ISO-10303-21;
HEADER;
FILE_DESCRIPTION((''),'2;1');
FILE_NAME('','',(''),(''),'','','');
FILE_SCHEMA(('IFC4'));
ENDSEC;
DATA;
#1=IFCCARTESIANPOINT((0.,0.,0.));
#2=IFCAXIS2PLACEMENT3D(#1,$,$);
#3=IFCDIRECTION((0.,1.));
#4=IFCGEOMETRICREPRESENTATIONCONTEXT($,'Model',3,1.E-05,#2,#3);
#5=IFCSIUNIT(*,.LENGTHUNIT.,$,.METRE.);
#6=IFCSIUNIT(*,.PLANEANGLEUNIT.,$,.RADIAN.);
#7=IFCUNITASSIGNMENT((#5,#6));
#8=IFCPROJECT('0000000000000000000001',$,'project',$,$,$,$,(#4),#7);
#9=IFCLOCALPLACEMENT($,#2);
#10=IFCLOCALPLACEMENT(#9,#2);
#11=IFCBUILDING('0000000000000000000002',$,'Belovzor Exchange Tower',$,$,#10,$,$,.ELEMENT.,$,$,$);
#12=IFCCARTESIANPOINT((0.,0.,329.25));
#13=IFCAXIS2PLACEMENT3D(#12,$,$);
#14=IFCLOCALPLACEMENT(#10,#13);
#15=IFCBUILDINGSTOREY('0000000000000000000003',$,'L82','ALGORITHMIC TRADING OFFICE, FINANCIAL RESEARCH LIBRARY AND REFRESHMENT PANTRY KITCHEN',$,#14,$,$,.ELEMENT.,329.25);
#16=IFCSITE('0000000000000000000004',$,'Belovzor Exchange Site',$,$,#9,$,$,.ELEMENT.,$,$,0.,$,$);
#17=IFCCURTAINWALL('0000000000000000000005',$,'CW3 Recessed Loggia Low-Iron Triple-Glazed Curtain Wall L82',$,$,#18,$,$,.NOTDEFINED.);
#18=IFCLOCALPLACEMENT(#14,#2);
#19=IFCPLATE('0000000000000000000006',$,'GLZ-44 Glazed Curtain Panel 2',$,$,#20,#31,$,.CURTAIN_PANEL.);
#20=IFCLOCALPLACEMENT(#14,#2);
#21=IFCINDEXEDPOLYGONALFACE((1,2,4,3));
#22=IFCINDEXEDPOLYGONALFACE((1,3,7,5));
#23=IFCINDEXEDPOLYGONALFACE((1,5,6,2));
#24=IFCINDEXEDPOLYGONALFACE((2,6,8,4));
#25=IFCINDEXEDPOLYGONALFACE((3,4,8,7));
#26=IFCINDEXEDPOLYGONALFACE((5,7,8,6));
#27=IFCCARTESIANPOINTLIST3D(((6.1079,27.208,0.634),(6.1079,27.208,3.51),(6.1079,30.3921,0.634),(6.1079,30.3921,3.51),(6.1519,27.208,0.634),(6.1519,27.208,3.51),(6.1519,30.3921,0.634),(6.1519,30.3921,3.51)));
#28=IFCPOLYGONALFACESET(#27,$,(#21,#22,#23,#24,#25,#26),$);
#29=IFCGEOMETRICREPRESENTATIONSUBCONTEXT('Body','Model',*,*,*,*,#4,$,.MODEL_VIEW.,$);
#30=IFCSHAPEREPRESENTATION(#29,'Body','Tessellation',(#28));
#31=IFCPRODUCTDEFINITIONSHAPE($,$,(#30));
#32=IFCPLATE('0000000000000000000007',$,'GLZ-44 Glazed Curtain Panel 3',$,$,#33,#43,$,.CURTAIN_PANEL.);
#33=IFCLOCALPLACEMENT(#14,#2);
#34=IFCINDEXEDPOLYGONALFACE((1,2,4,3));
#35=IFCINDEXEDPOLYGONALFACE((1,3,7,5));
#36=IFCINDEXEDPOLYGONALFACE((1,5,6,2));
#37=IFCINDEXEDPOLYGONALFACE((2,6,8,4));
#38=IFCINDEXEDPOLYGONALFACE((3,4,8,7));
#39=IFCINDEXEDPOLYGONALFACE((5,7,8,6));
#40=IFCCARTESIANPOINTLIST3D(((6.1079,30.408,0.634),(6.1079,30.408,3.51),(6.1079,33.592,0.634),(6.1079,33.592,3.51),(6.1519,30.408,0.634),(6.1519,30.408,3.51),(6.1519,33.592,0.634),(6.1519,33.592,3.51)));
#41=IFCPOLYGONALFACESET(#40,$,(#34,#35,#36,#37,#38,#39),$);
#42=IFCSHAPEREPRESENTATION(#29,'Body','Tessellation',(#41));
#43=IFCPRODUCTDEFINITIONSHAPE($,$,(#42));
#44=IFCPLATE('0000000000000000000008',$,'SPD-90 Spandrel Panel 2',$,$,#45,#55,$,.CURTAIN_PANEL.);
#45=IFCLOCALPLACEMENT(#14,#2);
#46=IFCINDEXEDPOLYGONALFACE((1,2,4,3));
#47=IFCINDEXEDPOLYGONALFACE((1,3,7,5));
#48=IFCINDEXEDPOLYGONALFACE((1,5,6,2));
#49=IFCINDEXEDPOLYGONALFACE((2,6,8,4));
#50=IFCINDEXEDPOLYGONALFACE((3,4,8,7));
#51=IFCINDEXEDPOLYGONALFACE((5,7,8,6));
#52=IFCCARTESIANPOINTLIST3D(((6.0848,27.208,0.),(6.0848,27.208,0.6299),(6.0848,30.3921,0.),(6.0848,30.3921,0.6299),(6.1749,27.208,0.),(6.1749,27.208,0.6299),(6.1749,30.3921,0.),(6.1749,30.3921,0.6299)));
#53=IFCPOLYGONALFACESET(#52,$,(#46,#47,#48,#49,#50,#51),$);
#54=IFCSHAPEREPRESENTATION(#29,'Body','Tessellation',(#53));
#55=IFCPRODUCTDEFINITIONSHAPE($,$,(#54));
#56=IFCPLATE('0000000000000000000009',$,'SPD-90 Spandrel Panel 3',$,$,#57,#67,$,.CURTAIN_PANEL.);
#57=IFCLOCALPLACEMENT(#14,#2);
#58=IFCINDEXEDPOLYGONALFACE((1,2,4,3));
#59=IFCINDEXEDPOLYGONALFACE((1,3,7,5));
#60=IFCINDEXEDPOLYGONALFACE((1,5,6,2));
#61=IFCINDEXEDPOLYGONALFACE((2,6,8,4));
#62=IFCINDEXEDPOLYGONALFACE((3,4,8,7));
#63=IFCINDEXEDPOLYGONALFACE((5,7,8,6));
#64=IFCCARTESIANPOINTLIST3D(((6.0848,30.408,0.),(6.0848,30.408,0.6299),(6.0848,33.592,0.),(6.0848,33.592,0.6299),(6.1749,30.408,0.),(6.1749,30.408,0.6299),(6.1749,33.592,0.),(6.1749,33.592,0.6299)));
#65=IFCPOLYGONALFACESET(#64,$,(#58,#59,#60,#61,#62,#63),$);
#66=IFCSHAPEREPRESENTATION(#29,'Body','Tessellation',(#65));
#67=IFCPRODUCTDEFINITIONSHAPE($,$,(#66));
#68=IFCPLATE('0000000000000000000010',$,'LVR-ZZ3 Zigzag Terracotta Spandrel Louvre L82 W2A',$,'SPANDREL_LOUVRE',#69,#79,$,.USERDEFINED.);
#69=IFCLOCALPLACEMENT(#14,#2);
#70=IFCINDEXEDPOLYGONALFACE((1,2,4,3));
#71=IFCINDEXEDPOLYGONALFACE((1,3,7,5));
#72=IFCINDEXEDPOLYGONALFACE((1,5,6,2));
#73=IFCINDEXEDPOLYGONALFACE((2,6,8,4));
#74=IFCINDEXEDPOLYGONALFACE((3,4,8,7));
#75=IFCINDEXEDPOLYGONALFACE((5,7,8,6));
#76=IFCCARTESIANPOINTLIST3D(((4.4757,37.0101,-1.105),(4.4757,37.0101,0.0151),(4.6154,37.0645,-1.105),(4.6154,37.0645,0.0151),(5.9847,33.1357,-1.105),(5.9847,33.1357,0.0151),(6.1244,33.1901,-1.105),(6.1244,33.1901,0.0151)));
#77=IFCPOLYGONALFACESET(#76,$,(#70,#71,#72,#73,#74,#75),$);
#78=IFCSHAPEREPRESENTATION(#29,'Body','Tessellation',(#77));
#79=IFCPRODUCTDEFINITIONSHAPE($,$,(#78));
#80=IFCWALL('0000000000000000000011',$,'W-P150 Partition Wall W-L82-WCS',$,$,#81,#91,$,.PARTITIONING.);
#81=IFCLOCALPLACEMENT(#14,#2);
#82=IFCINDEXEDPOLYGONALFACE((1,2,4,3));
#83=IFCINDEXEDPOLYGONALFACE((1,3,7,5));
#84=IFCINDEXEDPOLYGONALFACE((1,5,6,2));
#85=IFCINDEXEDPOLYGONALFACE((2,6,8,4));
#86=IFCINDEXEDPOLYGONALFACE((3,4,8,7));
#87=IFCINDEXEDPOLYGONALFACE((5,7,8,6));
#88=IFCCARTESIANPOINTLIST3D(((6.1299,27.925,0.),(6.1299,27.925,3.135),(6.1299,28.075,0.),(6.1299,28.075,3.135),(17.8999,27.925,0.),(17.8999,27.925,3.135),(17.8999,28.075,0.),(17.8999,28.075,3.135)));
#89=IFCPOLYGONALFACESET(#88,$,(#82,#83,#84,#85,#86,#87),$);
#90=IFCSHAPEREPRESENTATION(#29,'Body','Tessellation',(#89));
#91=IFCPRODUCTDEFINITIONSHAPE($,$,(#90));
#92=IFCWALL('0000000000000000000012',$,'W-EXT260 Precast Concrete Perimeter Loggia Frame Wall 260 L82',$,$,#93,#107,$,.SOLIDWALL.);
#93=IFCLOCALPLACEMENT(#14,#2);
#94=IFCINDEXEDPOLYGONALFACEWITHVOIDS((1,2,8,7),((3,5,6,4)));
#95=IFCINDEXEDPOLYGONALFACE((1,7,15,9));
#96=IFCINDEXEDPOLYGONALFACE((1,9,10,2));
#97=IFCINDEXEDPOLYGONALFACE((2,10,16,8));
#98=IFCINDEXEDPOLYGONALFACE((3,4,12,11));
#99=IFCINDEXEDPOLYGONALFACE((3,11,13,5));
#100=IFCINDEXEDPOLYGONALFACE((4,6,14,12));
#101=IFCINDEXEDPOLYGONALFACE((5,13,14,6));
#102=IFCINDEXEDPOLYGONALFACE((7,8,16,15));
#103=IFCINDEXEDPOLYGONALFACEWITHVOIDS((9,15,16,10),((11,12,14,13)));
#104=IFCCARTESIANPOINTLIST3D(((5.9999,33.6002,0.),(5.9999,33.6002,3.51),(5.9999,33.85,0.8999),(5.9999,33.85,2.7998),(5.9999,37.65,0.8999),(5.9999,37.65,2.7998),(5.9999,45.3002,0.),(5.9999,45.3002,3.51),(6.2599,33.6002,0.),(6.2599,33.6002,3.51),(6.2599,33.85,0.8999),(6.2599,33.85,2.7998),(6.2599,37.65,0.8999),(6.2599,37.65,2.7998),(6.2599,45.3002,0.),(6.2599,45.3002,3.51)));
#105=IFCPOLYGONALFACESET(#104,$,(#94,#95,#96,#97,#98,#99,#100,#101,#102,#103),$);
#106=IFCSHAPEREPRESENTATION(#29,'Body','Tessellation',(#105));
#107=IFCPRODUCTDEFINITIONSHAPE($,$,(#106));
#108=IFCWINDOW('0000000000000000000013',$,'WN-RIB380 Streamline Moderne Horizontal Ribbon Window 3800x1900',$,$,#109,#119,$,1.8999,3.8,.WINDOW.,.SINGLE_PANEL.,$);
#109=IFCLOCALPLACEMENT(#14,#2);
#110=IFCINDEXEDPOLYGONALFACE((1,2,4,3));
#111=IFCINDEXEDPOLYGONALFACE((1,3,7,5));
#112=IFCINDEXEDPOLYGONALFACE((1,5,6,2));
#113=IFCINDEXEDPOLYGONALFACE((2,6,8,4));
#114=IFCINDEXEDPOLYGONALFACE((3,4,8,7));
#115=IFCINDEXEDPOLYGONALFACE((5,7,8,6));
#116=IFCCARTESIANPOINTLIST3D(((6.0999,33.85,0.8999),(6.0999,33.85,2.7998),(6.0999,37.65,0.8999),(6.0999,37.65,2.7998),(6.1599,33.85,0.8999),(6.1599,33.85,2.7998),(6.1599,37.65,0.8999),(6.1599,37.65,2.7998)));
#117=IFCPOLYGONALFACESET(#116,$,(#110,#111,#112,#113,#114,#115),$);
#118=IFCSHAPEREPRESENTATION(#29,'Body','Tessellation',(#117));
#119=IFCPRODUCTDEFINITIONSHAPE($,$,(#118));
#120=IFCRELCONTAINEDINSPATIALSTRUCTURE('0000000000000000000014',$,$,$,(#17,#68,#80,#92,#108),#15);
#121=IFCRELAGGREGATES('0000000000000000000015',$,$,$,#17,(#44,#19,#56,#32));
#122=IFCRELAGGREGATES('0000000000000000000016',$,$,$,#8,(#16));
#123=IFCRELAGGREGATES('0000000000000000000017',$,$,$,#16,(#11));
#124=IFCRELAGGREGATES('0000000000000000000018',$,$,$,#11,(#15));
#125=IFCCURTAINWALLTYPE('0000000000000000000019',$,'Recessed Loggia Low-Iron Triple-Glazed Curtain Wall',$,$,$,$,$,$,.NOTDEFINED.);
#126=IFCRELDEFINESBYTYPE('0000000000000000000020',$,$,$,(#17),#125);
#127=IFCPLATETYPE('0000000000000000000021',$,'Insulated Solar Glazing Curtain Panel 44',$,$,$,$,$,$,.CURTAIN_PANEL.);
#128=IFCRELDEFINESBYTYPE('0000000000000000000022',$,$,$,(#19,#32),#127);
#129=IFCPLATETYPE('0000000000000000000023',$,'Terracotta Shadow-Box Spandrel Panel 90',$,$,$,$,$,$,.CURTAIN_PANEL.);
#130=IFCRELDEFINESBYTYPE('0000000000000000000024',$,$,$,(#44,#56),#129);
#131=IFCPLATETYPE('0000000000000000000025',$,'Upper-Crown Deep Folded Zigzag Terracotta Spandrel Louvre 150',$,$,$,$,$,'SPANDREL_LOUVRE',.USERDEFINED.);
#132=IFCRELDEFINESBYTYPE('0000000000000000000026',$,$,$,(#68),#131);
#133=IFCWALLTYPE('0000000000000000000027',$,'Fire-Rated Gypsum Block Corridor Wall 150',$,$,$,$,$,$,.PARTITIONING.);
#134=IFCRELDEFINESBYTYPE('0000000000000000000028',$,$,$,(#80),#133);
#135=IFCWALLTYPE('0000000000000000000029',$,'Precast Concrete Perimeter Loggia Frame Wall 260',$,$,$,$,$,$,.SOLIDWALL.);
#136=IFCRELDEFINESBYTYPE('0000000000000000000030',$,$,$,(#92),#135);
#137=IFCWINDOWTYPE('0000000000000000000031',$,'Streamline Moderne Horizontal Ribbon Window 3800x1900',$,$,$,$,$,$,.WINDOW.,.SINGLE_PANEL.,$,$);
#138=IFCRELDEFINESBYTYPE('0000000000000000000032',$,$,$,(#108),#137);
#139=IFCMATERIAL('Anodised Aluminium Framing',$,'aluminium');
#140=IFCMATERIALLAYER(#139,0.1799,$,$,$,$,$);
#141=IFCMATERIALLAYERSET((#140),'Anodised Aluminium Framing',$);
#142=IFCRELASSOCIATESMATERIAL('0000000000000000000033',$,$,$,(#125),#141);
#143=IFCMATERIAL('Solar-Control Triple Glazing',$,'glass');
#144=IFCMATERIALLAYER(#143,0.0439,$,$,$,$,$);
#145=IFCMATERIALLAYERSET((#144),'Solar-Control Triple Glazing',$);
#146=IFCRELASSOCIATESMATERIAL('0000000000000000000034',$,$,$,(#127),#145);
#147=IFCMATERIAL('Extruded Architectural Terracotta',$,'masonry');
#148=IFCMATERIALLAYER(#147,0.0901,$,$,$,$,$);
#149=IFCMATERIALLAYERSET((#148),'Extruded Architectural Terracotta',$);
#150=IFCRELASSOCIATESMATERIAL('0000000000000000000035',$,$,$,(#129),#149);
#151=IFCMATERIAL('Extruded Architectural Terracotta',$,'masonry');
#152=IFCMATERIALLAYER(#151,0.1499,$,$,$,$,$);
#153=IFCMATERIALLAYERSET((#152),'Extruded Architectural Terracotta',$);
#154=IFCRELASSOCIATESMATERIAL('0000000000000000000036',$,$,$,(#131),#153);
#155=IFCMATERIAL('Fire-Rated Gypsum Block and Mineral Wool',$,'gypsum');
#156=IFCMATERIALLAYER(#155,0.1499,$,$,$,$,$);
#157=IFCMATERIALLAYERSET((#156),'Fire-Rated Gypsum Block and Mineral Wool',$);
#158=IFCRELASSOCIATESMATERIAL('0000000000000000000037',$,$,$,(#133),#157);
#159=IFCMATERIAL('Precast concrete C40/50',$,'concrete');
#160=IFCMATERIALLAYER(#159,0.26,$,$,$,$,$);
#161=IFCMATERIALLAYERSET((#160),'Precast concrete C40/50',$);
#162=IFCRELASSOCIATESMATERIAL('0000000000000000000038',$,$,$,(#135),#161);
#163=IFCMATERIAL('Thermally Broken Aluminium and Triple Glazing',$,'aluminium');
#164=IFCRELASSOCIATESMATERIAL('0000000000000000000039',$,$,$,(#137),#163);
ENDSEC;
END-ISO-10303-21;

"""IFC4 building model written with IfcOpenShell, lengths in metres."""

from ifc_helpers import new_model, si_unit, direction, frame, frame_2d, origin, origin_2d, place, context, subcontext, project, spatial, rectangle, extrude, material, layer, layer_set, type_object, element, fill, aggregate, save


model = new_model("IFC4")

# Units and contexts
model_context = context("Model", 3, precision=1e-05, world=origin(), true_north=direction((0.0, 1.0)))
body_context = subcontext(model_context, "Body", "Model", "MODEL_VIEW")
ifc_project = project(units=[si_unit("LENGTHUNIT", "METRE"), si_unit("PLANEANGLEUNIT", "RADIAN")], contexts=[model_context])

# Site, building, storey
site_placement = place(None, origin())
site = spatial("IfcSite", under=ifc_project, at=site_placement, Name="Belovzor Exchange Site", CompositionType="ELEMENT", RefElevation=0.0)
building_placement = place(site_placement, origin())
building = spatial("IfcBuilding", under=site, at=building_placement, Name="Belovzor Exchange Tower", CompositionType="ELEMENT")
storey_placement = place(building_placement, frame((0.0, 0.0, 329.25)))
storey = spatial("IfcBuildingStorey", under=building, at=storey_placement, Name="L82", Description="ALGORITHMIC TRADING OFFICE, FINANCIAL RESEARCH LIBRARY AND REFRESHMENT PANTRY KITCHEN", CompositionType="ELEMENT", Elevation=329.25)

# Curtain wall
ifc_material_1 = material(Name="Anodised Aluminium Framing", Category="aluminium")
ifc_layer_1 = layer(ifc_material_1, 0.1799)
ifc_layer_set_1 = layer_set([ifc_layer_1], Name="Anodised Aluminium Framing")
curtain_wall_type = type_object("IfcCurtainWallType", Name="Recessed Loggia Low-Iron Triple-Glazed Curtain Wall", PredefinedType="NOTDEFINED", material=ifc_layer_set_1)
curtain_wall_placement = place(storey_placement, origin())
curtain_wall = element("IfcCurtainWall", 1, at=curtain_wall_placement, inside=storey, type_object=curtain_wall_type, Name="CW3 Recessed Loggia Low-Iron Triple-Glazed Curtain Wall L82", PredefinedType="NOTDEFINED")

# Plates
ifc_material_2 = material(Name="Solar-Control Triple Glazing", Category="glass")
ifc_layer_2 = layer(ifc_material_2, 0.0439)
ifc_layer_set_2 = layer_set([ifc_layer_2], Name="Solar-Control Triple Glazing")
plate_type_1 = type_object("IfcPlateType", Name="Insulated Solar Glazing Curtain Panel 44", PredefinedType="CURTAIN_PANEL", material=ifc_layer_set_2)
plate_1_placement = place(storey_placement, frame((6.1299, 28.8, 0.634), z_axis=(0.0, 0.0, 1.0), x_axis=(0.0, 1.0, 0.0)))
plate_1 = element("IfcPlate", 2, at=plate_1_placement, type_object=plate_type_1, Name="GLZ-44 Glazed Curtain Panel 2", PredefinedType="CURTAIN_PANEL", context=body_context, shape_type="SweptSolid", body=[
    extrude(rectangle(XDim=3.1841, YDim=0.0439, at=origin_2d()), origin(), (0.0, 0.0, 1.0), 2.876),
])
plate_2_placement = place(storey_placement, frame((6.1299, 32.0, 0.634), z_axis=(0.0, 0.0, 1.0), x_axis=(0.0, 1.0, 0.0)))
plate_2 = element("IfcPlate", 3, at=plate_2_placement, type_object=plate_type_1, Name="GLZ-44 Glazed Curtain Panel 3", PredefinedType="CURTAIN_PANEL", context=body_context, shape_type="SweptSolid", body=[
    extrude(rectangle(XDim=3.1841, YDim=0.0439, at=origin_2d()), origin(), (0.0, 0.0, 1.0), 2.876),
])
ifc_material_3 = material(Name="Extruded Architectural Terracotta", Category="masonry")
ifc_layer_3 = layer(ifc_material_3, 0.0901)
ifc_layer_set_3 = layer_set([ifc_layer_3], Name="Extruded Architectural Terracotta")
plate_type_2 = type_object("IfcPlateType", Name="Terracotta Shadow-Box Spandrel Panel 90", PredefinedType="CURTAIN_PANEL", material=ifc_layer_set_3)
plate_3_placement = place(storey_placement, frame((6.1299, 28.8, 0.0), z_axis=(0.0, 0.0, 1.0), x_axis=(0.0, 1.0, 0.0)))
plate_3 = element("IfcPlate", 4, at=plate_3_placement, type_object=plate_type_2, Name="SPD-90 Spandrel Panel 2", PredefinedType="CURTAIN_PANEL", context=body_context, shape_type="SweptSolid", body=[
    extrude(rectangle(XDim=3.1841, YDim=0.0901, at=origin_2d()), origin(), (0.0, 0.0, 1.0), 0.6299),
])
plate_4_placement = place(storey_placement, frame((6.1299, 32.0, 0.0), z_axis=(0.0, 0.0, 1.0), x_axis=(0.0, 1.0, 0.0)))
plate_4 = element("IfcPlate", 5, at=plate_4_placement, type_object=plate_type_2, Name="SPD-90 Spandrel Panel 3", PredefinedType="CURTAIN_PANEL", context=body_context, shape_type="SweptSolid", body=[
    extrude(rectangle(XDim=3.1841, YDim=0.0901, at=origin_2d()), origin(), (0.0, 0.0, 1.0), 0.6299),
])
aggregate(curtain_wall, [plate_3, plate_1, plate_4, plate_2])
ifc_material_4 = material(Name="Extruded Architectural Terracotta", Category="masonry")
ifc_layer_4 = layer(ifc_material_4, 0.1499)
ifc_layer_set_4 = layer_set([ifc_layer_4], Name="Extruded Architectural Terracotta")
plate_type_3 = type_object("IfcPlateType", Name="Upper-Crown Deep Folded Zigzag Terracotta Spandrel Louvre 150", ElementType="SPANDREL_LOUVRE", PredefinedType="USERDEFINED", material=ifc_layer_set_4)
plate_5_placement = place(storey_placement, frame((5.3, 35.1001, -1.105), z_axis=(0.0, 0.0, 1.0), x_axis=(-0.362926, 0.931818, 0.0)))
element("IfcPlate", 6, at=plate_5_placement, inside=storey, type_object=plate_type_3, Name="LVR-ZZ3 Zigzag Terracotta Spandrel Louvre L82 W2A", ObjectType="SPANDREL_LOUVRE", PredefinedType="USERDEFINED", context=body_context, shape_type="SweptSolid", body=[
    extrude(rectangle(XDim=4.158, YDim=0.1499, at=origin_2d()), origin(), (0.0, 0.0, 1.0), 1.1201),
])

# Wall
ifc_material_5 = material(Name="Fire-Rated Gypsum Block and Mineral Wool", Category="gypsum")
ifc_layer_5 = layer(ifc_material_5, 0.1499)
ifc_layer_set_5 = layer_set([ifc_layer_5], Name="Fire-Rated Gypsum Block and Mineral Wool")
wall_type_1 = type_object("IfcWallType", Name="Fire-Rated Gypsum Block Corridor Wall 150", PredefinedType="PARTITIONING", material=ifc_layer_set_5)
wall_1_placement = place(storey_placement, frame((6.1299, 28.0, 0.0), z_axis=(0.0, 0.0, 1.0), x_axis=(1.0, 0.0, 0.0)))
element("IfcWall", 7, at=wall_1_placement, inside=storey, type_object=wall_type_1, Name="W-P150 Partition Wall W-L82-WCS", PredefinedType="PARTITIONING", context=body_context, shape_type="SweptSolid", body=[
    extrude(rectangle(XDim=11.77, YDim=0.1499, at=frame_2d((5.885, 0.0))), origin(), (0.0, 0.0, 1.0), 3.135),
])

# Wall, opening, window
ifc_material_6 = material(Name="Precast concrete C40/50", Category="concrete")
ifc_layer_6 = layer(ifc_material_6, 0.26)
ifc_layer_set_6 = layer_set([ifc_layer_6], Name="Precast concrete C40/50")
wall_type_2 = type_object("IfcWallType", Name="Precast Concrete Perimeter Loggia Frame Wall 260", PredefinedType="SOLIDWALL", material=ifc_layer_set_6)
wall_2_placement = place(storey_placement, frame((6.1299, 33.6001, 0.0), z_axis=(0.0, 0.0, 1.0), x_axis=(0.0, 1.0, 0.0)))
wall_2 = element("IfcWall", 8, at=wall_2_placement, inside=storey, type_object=wall_type_2, Name="W-EXT260 Precast Concrete Perimeter Loggia Frame Wall 260 L82", PredefinedType="SOLIDWALL", context=body_context, shape_type="SweptSolid", body=[
    extrude(rectangle(XDim=11.7, YDim=0.26, at=frame_2d((5.8501, 0.0))), origin(), (0.0, 0.0, 1.0), 3.51),
])
opening_placement = place(wall_2_placement, frame((0.25, 0.0, 0.8999)))
opening = element("IfcOpeningElement", 9, at=opening_placement, cuts=wall_2, PredefinedType="OPENING", context=body_context, shape_type="SweptSolid", body=[
    extrude(rectangle(XDim=3.8, YDim=1.8999, at=frame_2d((1.8999, 0.95))), frame((0.0, 0.1399, 0.0), z_axis=(0.0, -1.0, 0.0), x_axis=(1.0, 0.0, 0.0)), (0.0, 0.0, 1.0), 0.28),
])
ifc_material_7 = material(Name="Thermally Broken Aluminium and Triple Glazing", Category="aluminium")
window_type = type_object("IfcWindowType", Name="Streamline Moderne Horizontal Ribbon Window 3800x1900", PartitioningType="SINGLE_PANEL", PredefinedType="WINDOW", material=ifc_material_7)
window_placement = place(opening_placement, origin())
window = element("IfcWindow", 10, at=window_placement, inside=storey, type_object=window_type, Name="WN-RIB380 Streamline Moderne Horizontal Ribbon Window 3800x1900", OverallHeight=1.8999, OverallWidth=3.8, PartitioningType="SINGLE_PANEL", PredefinedType="WINDOW", context=body_context, shape_type="SweptSolid", body=[
    extrude(rectangle(XDim=3.8, YDim=1.8999, at=frame_2d((1.8999, 0.95))), frame((0.0, 0.03, 0.0), z_axis=(0.0, -1.0, 0.0), x_axis=(1.0, 0.0, 0.0)), (0.0, 0.0, 1.0), 0.0601),
])
fill(opening, window)

save(model, "model.ifc")
